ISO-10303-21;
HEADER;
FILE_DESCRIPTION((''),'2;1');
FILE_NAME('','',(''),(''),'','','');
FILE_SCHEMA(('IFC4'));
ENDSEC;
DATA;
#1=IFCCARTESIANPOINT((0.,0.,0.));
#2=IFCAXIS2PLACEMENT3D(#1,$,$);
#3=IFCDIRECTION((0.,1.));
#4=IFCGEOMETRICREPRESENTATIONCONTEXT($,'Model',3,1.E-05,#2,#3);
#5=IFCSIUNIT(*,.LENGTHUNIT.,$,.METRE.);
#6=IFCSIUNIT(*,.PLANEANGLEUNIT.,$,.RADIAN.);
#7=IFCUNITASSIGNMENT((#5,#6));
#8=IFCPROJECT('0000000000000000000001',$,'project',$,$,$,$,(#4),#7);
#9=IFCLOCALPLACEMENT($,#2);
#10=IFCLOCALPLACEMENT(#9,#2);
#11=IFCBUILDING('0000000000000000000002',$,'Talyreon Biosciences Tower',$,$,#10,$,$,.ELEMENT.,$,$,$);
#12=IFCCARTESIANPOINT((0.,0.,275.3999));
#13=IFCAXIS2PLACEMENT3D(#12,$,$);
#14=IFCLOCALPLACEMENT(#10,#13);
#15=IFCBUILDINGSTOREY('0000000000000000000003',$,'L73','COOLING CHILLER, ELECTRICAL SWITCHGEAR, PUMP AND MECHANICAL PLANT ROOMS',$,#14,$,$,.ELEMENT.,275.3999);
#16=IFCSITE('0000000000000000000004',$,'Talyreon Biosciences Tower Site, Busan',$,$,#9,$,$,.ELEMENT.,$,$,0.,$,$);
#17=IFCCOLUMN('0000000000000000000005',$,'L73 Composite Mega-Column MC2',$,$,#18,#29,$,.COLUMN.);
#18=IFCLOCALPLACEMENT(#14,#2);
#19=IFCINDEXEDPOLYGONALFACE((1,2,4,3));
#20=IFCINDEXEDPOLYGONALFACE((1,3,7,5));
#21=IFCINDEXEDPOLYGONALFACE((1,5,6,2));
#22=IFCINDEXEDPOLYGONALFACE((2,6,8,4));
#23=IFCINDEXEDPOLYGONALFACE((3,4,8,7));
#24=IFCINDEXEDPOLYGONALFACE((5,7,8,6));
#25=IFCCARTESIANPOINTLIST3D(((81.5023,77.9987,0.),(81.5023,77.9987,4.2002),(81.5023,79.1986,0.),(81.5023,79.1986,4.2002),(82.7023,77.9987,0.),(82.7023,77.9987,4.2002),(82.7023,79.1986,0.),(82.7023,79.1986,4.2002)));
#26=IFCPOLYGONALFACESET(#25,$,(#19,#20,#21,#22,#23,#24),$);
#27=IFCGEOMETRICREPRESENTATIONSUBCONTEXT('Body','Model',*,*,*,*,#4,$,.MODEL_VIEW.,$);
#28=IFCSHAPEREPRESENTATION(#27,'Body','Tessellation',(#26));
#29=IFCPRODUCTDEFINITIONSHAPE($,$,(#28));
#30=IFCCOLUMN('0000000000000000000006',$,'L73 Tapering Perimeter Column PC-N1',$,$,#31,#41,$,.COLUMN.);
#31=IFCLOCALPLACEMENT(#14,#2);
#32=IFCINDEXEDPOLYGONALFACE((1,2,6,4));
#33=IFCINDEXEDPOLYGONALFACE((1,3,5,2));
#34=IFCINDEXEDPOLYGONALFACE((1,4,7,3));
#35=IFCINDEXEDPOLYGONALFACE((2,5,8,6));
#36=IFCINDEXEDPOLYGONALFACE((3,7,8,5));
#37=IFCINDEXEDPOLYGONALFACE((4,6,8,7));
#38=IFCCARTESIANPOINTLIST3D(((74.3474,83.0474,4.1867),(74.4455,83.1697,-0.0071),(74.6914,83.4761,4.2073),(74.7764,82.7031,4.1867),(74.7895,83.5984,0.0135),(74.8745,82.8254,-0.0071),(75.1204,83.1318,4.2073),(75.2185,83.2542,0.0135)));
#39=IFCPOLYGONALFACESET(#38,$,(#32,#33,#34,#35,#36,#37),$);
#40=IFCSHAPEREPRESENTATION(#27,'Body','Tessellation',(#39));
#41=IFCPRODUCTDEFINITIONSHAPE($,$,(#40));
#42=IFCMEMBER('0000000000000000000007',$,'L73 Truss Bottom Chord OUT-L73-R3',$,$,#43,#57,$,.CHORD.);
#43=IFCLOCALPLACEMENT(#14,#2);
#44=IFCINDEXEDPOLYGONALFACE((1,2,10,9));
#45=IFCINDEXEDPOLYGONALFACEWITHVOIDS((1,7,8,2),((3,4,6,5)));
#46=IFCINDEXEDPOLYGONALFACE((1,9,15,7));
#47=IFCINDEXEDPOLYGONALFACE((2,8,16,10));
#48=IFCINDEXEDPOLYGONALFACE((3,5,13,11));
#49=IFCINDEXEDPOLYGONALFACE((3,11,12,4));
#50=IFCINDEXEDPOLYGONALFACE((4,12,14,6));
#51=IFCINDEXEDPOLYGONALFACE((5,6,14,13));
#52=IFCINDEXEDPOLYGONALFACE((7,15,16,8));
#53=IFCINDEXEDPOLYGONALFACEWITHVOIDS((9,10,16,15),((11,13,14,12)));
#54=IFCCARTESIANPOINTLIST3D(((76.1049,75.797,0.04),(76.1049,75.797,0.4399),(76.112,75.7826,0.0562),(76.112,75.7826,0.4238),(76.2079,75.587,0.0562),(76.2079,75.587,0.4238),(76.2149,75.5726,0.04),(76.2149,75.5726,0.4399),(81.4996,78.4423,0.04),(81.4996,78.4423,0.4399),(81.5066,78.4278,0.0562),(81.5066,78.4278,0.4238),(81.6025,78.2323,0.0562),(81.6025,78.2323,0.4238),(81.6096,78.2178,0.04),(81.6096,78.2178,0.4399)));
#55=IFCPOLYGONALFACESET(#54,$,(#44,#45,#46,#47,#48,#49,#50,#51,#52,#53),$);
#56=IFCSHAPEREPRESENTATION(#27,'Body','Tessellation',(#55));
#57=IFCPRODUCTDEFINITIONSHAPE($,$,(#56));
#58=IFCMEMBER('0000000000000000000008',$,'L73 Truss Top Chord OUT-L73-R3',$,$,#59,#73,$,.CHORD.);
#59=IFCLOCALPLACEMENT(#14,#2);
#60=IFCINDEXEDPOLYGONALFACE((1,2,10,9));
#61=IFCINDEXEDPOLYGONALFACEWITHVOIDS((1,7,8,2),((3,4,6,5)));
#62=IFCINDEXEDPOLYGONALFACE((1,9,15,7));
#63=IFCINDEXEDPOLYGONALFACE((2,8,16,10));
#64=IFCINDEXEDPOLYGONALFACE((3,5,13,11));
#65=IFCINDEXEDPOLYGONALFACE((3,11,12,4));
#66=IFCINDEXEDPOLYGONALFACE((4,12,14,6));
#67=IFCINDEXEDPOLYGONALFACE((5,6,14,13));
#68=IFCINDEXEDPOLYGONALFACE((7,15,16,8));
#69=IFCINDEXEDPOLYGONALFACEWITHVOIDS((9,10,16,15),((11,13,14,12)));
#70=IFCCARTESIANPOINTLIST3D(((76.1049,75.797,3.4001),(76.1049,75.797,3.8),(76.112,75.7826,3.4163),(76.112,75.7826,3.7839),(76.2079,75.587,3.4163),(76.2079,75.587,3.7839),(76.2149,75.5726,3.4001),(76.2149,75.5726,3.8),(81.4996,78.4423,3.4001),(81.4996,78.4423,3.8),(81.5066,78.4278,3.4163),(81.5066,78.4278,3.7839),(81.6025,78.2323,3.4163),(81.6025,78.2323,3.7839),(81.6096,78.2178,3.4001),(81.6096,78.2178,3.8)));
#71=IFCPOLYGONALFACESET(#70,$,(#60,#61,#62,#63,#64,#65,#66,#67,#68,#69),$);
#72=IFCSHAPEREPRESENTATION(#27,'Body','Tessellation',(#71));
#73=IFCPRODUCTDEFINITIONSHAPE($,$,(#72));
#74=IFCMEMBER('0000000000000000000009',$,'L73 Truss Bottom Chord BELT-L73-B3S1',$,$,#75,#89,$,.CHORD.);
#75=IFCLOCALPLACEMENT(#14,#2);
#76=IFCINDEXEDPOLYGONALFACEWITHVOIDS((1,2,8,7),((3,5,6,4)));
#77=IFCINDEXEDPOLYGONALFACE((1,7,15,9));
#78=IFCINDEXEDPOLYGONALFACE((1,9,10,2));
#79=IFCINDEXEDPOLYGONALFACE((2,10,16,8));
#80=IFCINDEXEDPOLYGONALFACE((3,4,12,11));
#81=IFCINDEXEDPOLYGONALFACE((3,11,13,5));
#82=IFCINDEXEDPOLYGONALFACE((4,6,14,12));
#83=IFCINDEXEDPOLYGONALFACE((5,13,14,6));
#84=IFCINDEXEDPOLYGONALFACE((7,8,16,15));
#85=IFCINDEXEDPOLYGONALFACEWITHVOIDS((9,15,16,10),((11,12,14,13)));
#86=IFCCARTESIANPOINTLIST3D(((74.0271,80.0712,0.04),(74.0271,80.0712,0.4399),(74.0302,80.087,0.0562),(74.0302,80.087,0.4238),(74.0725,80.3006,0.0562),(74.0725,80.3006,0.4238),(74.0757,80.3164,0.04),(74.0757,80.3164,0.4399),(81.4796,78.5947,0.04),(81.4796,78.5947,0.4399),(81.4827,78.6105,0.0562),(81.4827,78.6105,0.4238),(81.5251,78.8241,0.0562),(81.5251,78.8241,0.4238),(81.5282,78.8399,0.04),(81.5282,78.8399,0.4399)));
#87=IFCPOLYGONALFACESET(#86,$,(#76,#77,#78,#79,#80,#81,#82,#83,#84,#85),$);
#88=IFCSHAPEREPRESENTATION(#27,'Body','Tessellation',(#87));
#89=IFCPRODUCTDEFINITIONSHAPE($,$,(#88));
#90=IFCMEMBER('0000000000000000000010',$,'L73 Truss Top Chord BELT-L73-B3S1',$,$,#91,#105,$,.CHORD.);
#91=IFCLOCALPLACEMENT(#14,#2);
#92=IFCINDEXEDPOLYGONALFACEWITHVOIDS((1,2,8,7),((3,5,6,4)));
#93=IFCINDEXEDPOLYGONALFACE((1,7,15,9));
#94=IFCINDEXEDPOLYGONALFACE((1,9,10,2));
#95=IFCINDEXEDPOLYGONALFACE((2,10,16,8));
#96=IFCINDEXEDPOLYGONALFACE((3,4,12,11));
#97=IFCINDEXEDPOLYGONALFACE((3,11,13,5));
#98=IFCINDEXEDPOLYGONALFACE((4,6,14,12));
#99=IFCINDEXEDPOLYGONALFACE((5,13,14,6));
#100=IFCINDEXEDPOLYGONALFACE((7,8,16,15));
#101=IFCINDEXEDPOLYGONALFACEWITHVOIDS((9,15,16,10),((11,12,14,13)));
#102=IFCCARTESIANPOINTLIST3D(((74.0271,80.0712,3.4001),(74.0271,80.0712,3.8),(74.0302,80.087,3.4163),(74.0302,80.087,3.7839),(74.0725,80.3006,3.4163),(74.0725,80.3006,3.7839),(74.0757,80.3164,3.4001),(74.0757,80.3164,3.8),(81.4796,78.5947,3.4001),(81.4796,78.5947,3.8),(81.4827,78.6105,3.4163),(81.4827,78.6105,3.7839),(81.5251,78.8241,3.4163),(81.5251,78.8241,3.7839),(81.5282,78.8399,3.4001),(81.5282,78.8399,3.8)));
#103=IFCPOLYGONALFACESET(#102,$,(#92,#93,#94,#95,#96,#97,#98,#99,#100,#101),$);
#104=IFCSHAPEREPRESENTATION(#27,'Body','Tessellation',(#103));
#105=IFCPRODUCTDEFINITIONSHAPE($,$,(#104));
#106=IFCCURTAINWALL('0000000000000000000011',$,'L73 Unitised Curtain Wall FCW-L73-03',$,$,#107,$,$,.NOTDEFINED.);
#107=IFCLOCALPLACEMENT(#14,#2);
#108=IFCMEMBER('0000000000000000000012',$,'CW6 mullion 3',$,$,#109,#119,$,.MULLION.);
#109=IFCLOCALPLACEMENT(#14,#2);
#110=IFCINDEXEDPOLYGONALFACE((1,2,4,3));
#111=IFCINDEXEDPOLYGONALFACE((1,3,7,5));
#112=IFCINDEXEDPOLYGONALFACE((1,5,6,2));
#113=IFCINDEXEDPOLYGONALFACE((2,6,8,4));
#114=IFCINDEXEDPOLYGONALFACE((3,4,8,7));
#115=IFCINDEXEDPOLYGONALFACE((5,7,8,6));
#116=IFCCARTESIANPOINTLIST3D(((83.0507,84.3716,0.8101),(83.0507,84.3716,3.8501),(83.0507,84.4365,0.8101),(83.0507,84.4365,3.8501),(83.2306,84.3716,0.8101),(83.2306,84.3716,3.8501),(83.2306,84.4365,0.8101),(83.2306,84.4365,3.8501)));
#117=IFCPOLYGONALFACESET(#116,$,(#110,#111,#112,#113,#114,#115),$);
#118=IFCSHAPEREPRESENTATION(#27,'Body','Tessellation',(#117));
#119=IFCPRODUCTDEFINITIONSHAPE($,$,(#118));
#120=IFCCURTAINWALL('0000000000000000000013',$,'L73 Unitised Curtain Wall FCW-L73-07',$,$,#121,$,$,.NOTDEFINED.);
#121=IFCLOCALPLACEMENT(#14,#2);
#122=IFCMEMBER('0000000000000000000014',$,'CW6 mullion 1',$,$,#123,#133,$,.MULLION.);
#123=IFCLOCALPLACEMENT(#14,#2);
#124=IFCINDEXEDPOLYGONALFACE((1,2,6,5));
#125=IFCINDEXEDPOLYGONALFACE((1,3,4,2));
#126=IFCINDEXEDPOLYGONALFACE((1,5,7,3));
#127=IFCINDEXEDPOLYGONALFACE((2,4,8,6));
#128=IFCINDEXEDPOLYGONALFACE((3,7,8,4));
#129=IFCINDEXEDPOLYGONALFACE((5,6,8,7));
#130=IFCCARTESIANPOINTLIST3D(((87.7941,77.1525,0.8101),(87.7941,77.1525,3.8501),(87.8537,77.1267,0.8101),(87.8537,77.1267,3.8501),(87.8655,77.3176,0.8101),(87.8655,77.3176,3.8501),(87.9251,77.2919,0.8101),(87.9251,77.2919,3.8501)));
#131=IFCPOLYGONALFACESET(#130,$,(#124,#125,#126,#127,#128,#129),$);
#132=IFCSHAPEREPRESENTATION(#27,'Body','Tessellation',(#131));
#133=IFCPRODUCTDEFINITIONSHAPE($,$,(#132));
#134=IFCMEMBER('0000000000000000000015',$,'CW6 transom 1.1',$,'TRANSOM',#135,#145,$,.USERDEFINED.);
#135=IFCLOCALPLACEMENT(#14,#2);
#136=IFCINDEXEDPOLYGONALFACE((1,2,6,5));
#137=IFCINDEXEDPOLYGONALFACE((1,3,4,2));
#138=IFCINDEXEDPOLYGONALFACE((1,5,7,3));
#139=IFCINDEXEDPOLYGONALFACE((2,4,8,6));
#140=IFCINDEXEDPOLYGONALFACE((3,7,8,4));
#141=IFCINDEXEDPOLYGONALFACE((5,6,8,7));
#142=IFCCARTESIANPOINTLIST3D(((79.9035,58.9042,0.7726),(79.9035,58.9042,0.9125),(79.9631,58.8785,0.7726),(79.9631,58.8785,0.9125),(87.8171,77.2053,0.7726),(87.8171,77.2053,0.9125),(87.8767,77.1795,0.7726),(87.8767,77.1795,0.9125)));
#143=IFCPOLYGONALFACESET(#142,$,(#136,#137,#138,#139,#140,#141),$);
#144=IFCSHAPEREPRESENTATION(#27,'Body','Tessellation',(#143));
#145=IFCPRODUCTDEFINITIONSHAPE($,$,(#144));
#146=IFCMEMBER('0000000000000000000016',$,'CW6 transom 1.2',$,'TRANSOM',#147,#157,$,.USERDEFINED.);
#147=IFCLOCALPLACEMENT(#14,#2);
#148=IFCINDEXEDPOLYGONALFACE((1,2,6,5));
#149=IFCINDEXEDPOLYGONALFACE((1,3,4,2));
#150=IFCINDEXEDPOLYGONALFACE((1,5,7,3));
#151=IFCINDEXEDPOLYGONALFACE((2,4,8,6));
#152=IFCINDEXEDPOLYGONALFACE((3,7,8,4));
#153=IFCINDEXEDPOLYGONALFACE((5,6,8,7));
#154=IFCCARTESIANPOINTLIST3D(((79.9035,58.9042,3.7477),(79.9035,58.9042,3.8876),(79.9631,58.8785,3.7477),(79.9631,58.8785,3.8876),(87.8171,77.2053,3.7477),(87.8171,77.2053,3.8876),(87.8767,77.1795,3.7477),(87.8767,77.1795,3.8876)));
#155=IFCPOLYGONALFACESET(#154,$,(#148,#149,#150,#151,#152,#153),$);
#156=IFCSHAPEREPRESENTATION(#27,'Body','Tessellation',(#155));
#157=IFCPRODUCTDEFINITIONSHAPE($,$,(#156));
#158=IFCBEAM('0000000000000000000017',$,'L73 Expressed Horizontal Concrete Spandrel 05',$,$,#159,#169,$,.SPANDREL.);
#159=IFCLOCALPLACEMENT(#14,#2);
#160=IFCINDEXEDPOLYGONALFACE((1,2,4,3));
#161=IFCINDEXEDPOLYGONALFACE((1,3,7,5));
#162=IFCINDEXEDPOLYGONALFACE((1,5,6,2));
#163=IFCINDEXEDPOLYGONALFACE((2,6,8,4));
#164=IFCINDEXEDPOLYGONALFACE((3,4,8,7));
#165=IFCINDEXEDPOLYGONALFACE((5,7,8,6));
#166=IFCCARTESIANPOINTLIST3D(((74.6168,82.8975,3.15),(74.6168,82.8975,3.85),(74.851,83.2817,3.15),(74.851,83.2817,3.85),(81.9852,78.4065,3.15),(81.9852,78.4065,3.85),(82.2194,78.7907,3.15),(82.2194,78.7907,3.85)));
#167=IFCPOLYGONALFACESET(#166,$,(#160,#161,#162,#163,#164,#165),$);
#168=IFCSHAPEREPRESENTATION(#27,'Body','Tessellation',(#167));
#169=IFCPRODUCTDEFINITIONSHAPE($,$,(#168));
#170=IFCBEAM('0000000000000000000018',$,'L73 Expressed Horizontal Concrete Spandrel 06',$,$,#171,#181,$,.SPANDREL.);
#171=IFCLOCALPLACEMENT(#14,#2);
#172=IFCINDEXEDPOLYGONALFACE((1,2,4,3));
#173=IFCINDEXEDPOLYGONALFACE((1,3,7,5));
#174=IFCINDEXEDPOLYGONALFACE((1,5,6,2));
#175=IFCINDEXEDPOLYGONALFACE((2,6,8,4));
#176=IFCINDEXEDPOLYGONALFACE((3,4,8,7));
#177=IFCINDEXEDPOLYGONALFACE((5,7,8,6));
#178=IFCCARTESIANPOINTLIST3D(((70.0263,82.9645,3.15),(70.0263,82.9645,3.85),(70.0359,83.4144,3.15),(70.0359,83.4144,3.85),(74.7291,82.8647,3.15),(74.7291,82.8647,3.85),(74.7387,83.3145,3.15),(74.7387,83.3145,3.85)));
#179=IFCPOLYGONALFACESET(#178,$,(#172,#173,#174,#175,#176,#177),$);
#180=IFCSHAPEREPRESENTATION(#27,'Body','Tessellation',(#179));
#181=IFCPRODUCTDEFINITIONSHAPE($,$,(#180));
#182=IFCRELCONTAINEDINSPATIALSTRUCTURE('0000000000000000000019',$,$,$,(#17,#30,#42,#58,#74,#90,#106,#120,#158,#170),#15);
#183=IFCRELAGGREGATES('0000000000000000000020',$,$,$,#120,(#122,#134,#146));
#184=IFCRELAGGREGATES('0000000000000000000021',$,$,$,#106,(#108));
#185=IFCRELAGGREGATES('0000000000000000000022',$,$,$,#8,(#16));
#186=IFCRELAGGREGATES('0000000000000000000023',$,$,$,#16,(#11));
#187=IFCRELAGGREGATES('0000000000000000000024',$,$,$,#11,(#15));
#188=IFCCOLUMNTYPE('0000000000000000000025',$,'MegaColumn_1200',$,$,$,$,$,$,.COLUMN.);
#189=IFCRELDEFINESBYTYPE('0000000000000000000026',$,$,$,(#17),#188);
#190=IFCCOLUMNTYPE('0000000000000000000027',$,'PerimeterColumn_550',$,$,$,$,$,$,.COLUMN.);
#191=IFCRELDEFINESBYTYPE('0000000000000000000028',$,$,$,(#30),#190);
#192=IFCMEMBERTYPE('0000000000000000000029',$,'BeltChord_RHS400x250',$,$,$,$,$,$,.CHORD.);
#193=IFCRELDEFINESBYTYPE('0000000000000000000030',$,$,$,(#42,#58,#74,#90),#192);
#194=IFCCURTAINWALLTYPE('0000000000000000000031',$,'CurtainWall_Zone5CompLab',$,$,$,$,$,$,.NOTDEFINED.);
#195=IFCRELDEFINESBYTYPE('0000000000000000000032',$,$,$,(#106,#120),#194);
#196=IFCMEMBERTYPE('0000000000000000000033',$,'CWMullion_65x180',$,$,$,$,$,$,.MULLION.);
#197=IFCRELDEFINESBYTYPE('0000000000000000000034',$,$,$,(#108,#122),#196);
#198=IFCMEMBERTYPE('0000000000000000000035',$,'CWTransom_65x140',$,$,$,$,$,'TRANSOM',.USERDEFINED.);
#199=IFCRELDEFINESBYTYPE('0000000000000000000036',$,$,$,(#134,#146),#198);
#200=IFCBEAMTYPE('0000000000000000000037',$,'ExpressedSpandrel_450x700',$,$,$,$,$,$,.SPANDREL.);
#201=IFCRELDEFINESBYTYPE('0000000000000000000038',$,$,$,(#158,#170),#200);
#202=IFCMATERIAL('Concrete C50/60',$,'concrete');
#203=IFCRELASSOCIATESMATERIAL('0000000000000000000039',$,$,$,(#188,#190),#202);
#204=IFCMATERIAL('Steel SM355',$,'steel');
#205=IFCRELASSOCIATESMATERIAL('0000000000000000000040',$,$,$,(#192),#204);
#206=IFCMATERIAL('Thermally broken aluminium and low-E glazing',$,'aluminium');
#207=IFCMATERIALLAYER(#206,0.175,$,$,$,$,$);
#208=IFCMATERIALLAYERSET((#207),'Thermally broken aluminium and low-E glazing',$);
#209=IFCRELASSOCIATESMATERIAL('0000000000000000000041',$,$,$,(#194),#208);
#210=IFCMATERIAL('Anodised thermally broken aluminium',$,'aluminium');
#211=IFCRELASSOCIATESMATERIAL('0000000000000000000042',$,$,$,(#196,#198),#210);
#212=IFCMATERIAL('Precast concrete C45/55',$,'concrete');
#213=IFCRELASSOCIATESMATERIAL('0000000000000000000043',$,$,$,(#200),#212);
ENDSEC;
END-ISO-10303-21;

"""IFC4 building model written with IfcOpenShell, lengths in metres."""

from ifc_helpers import new_model, si_unit, direction, frame, origin, origin_2d, place, context, subcontext, project, spatial, rectangle, hollow_rectangle, extrude, material, layer, layer_set, material_profile, profile_set, type_object, element, aggregate, save


model = new_model("IFC4")

# Units and contexts
model_context = context("Model", 3, precision=1e-05, world=origin(), true_north=direction((0.0, 1.0)))
body_context = subcontext(model_context, "Body", "Model", "MODEL_VIEW")
ifc_project = project(units=[si_unit("LENGTHUNIT", "METRE"), si_unit("PLANEANGLEUNIT", "RADIAN")], contexts=[model_context])

# Site, building, storey
site_placement = place(None, origin())
site = spatial("IfcSite", under=ifc_project, at=site_placement, Name="Talyreon Biosciences Tower Site, Busan", CompositionType="ELEMENT", RefElevation=0.0)
building_placement = place(site_placement, origin())
building = spatial("IfcBuilding", under=site, at=building_placement, Name="Talyreon Biosciences Tower", CompositionType="ELEMENT")
storey_placement = place(building_placement, frame((0.0, 0.0, 275.3999)))
storey = spatial("IfcBuildingStorey", under=building, at=storey_placement, Name="L73", Description="COOLING CHILLER, ELECTRICAL SWITCHGEAR, PUMP AND MECHANICAL PLANT ROOMS", CompositionType="ELEMENT", Elevation=275.3999)

# Columns
ifc_material_1 = material(Name="Concrete C50/60", Category="concrete")
ifc_material_profile_1 = material_profile(ifc_material_1, rectangle(XDim=1.2, YDim=1.2, at=origin_2d()), Name="RC 1200x1200")
ifc_profile_set_1 = profile_set([ifc_material_profile_1], Name="Concrete C50/60")
column_type_1 = type_object("IfcColumnType", Name="MegaColumn_1200", PredefinedType="COLUMN", material=ifc_profile_set_1)
column_1_placement = place(storey_placement, frame((82.1023, 78.5986, 0.0), z_axis=(0.0, 0.0, 1.0), x_axis=(1.0, 0.0, 0.0)))
element("IfcColumn", 1, at=column_1_placement, inside=storey, type_object=column_type_1, Name="L73 Composite Mega-Column MC2", PredefinedType="COLUMN", context=body_context, shape_type="SweptSolid", body=[
    extrude(rectangle(XDim=1.2, YDim=1.2, at=origin_2d()), origin(), (0.0, 0.0, 1.0), 4.2002),
])
ifc_material_profile_2 = material_profile(ifc_material_1, rectangle(XDim=0.55, YDim=0.55, at=origin_2d()), Name="RC 550x550")
ifc_profile_set_2 = profile_set([ifc_material_profile_2], Name="Concrete C50/60")
column_type_2 = type_object("IfcColumnType", Name="PerimeterColumn_550", PredefinedType="COLUMN", material=ifc_profile_set_2)
column_2_placement = place(storey_placement, frame((74.832, 83.2119, 0.0032), z_axis=(-0.023386, -0.029145, 0.999302), x_axis=(-0.779957, 0.625834, 0.0)))
element("IfcColumn", 2, at=column_2_placement, inside=storey, type_object=column_type_2, Name="L73 Tapering Perimeter Column PC-N1", PredefinedType="COLUMN", context=body_context, shape_type="SweptSolid", body=[
    extrude(rectangle(XDim=0.55, YDim=0.55, at=origin_2d()), origin(), (0.0, 0.0, 1.0), 4.1968),
])

# Members
ifc_material_2 = material(Name="Steel SM355", Category="steel")
ifc_material_profile_3 = material_profile(ifc_material_2, hollow_rectangle(XDim=0.25, YDim=0.3999, WallThickness=0.0161, at=origin_2d()), Name="RHS 400x250x16")
ifc_profile_set_3 = profile_set([ifc_material_profile_3], Name="Steel SM355")
member_type_1 = type_object("IfcMemberType", Name="BeltChord_RHS400x250", PredefinedType="CHORD", material=ifc_profile_set_3)
for number, where, z_axis, x_axis, name in (
    (3, (76.1599, 75.6848, 0.24), (0.89787, 0.44026, 0.0), (-0.44026, 0.89787, 0.0), "L73 Truss Bottom Chord OUT-L73-R3"),
    (4, (76.1599, 75.6848, 3.6001), (0.89787, 0.44026, 0.0), (-0.44026, 0.89787, 0.0), "L73 Truss Top Chord OUT-L73-R3"),
):
    element("IfcMember", number, at=place(storey_placement, frame(where, z_axis=z_axis, x_axis=x_axis)), inside=storey, type_object=member_type_1, Name=name, PredefinedType="CHORD", context=body_context, shape_type="SweptSolid", body=[
        extrude(hollow_rectangle(XDim=0.25, YDim=0.3999, WallThickness=0.0161, at=origin_2d()), origin(), (0.0, 0.0, 1.0), 6.0083),
    ])
for number, where, z_axis, x_axis, name in (
    (5, (81.5039, 78.7173, 0.24), (-0.980933, 0.194348, 0.0), (-0.194348, -0.980933, 0.0), "L73 Truss Bottom Chord BELT-L73-B3S1"),
    (6, (81.5039, 78.7173, 3.6001), (-0.980933, 0.194348, 0.0), (-0.194348, -0.980933, 0.0), "L73 Truss Top Chord BELT-L73-B3S1"),
):
    element("IfcMember", number, at=place(storey_placement, frame(where, z_axis=z_axis, x_axis=x_axis)), inside=storey, type_object=member_type_1, Name=name, PredefinedType="CHORD", context=body_context, shape_type="SweptSolid", body=[
        extrude(hollow_rectangle(XDim=0.25, YDim=0.3999, WallThickness=0.0161, at=origin_2d()), origin(), (0.0, 0.0, 1.0), 7.5974),
    ])

# Curtain wall, member
ifc_material_3 = material(Name="Thermally broken aluminium and low-E glazing", Category="aluminium")
ifc_layer_1 = layer(ifc_material_3, 0.175)
ifc_layer_set_1 = layer_set([ifc_layer_1], Name="Thermally broken aluminium and low-E glazing")
curtain_wall_type = type_object("IfcCurtainWallType", Name="CurtainWall_Zone5CompLab", PredefinedType="NOTDEFINED", material=ifc_layer_set_1)
curtain_wall_1_placement = place(storey_placement, origin())
curtain_wall_1 = element("IfcCurtainWall", 7, at=curtain_wall_1_placement, inside=storey, type_object=curtain_wall_type, Name="L73 Unitised Curtain Wall FCW-L73-03", PredefinedType="NOTDEFINED")
ifc_material_4 = material(Name="Anodised thermally broken aluminium", Category="aluminium")
ifc_material_profile_4 = material_profile(ifc_material_4, rectangle(XDim=0.0649, YDim=0.1799, at=origin_2d()), Name="ALUM MULLION 65x180")
ifc_profile_set_4 = profile_set([ifc_material_profile_4], Name="Anodised thermally broken aluminium")
member_type_2 = type_object("IfcMemberType", Name="CWMullion_65x180", PredefinedType="MULLION", material=ifc_profile_set_4)
member_1_placement = place(storey_placement, frame((83.1406, 84.4041, 0.8101), z_axis=(0.0, 0.0, 1.0), x_axis=(0.0, 1.0, 0.0)))
member_1 = element("IfcMember", 8, at=member_1_placement, type_object=member_type_2, Name="CW6 mullion 3", PredefinedType="MULLION", context=body_context, shape_type="SweptSolid", body=[
    extrude(rectangle(XDim=0.0649, YDim=0.1799, at=origin_2d()), origin(), (0.0, 0.0, 1.0), 3.04),
])

# Curtain wall, members
curtain_wall_2_placement = place(storey_placement, origin())
curtain_wall_2 = element("IfcCurtainWall", 9, at=curtain_wall_2_placement, inside=storey, type_object=curtain_wall_type, Name="L73 Unitised Curtain Wall FCW-L73-07", PredefinedType="NOTDEFINED")
member_2_placement = place(storey_placement, frame((87.8596, 77.2222, 0.8101), z_axis=(0.0, 0.0, 1.0), x_axis=(0.917867, -0.396889, 0.0)))
member_2 = element("IfcMember", 10, at=member_2_placement, type_object=member_type_2, Name="CW6 mullion 1", PredefinedType="MULLION", context=body_context, shape_type="SweptSolid", body=[
    extrude(rectangle(XDim=0.0649, YDim=0.1799, at=origin_2d()), origin(), (0.0, 0.0, 1.0), 3.04),
])
ifc_material_profile_5 = material_profile(ifc_material_4, rectangle(XDim=0.0649, YDim=0.1399, at=origin_2d()), Name="ALUM TRANSOM 65x140")
ifc_profile_set_5 = profile_set([ifc_material_profile_5], Name="Anodised thermally broken aluminium")
member_type_3 = type_object("IfcMemberType", Name="CWTransom_65x140", ElementType="TRANSOM", PredefinedType="USERDEFINED", material=ifc_profile_set_5)
member_3_placement = place(storey_placement, frame((87.8469, 77.1924, 0.8425), z_axis=(-0.396895, -0.917864, 0.0), x_axis=(0.917864, -0.396895, 0.0)))
member_3 = element("IfcMember", 11, at=member_3_placement, type_object=member_type_3, Name="CW6 transom 1.1", ObjectType="TRANSOM", PredefinedType="USERDEFINED", context=body_context, shape_type="SweptSolid", body=[
    extrude(rectangle(XDim=0.0649, YDim=0.1399, at=origin_2d()), origin(), (0.0, 0.0, 1.0), 19.9387),
])
member_4_placement = place(storey_placement, frame((87.8469, 77.1924, 3.8176), z_axis=(-0.396895, -0.917864, 0.0), x_axis=(0.917864, -0.396895, 0.0)))
member_4 = element("IfcMember", 12, at=member_4_placement, type_object=member_type_3, Name="CW6 transom 1.2", ObjectType="TRANSOM", PredefinedType="USERDEFINED", context=body_context, shape_type="SweptSolid", body=[
    extrude(rectangle(XDim=0.0649, YDim=0.1399, at=origin_2d()), origin(), (0.0, 0.0, 1.0), 19.9387),
])
aggregate(curtain_wall_2, [member_2, member_3, member_4])

# Beams
ifc_material_5 = material(Name="Precast concrete C45/55", Category="concrete")
ifc_material_profile_6 = material_profile(ifc_material_5, rectangle(XDim=0.45, YDim=0.7, at=origin_2d()), Name="RCB 450x700")
ifc_profile_set_6 = profile_set([ifc_material_profile_6], Name="Precast concrete C45/55")
beam_type_1 = type_object("IfcBeamType", Name="ExpressedSpandrel_450x700", PredefinedType="SPANDREL", material=ifc_profile_set_6)
beam_1_placement = place(storey_placement, frame((82.1023, 78.5986, 3.5), z_axis=(-0.853897, 0.520441, 0.0), x_axis=(-0.520441, -0.853897, 0.0)))
element("IfcBeam", 13, at=beam_1_placement, inside=storey, type_object=beam_type_1, Name="L73 Expressed Horizontal Concrete Spandrel 05", PredefinedType="SPANDREL", context=body_context, shape_type="SweptSolid", body=[
    extrude(rectangle(XDim=0.45, YDim=0.7, at=origin_2d()), origin(), (0.0, 0.0, 1.0), 8.6292),
])
beam_2_placement = place(storey_placement, frame((74.7339, 83.0896, 3.5), z_axis=(-0.999775, 0.021228, 0.0), x_axis=(-0.021228, -0.999775, 0.0)))
element("IfcBeam", 14, at=beam_2_placement, inside=storey, type_object=beam_type_1, Name="L73 Expressed Horizontal Concrete Spandrel 06", PredefinedType="SPANDREL", context=body_context, shape_type="SweptSolid", body=[
    extrude(rectangle(XDim=0.45, YDim=0.7, at=origin_2d()), origin(), (0.0, 0.0, 1.0), 4.7039),
])

aggregate(curtain_wall_1, [member_1])

save(model, "model.ifc")
